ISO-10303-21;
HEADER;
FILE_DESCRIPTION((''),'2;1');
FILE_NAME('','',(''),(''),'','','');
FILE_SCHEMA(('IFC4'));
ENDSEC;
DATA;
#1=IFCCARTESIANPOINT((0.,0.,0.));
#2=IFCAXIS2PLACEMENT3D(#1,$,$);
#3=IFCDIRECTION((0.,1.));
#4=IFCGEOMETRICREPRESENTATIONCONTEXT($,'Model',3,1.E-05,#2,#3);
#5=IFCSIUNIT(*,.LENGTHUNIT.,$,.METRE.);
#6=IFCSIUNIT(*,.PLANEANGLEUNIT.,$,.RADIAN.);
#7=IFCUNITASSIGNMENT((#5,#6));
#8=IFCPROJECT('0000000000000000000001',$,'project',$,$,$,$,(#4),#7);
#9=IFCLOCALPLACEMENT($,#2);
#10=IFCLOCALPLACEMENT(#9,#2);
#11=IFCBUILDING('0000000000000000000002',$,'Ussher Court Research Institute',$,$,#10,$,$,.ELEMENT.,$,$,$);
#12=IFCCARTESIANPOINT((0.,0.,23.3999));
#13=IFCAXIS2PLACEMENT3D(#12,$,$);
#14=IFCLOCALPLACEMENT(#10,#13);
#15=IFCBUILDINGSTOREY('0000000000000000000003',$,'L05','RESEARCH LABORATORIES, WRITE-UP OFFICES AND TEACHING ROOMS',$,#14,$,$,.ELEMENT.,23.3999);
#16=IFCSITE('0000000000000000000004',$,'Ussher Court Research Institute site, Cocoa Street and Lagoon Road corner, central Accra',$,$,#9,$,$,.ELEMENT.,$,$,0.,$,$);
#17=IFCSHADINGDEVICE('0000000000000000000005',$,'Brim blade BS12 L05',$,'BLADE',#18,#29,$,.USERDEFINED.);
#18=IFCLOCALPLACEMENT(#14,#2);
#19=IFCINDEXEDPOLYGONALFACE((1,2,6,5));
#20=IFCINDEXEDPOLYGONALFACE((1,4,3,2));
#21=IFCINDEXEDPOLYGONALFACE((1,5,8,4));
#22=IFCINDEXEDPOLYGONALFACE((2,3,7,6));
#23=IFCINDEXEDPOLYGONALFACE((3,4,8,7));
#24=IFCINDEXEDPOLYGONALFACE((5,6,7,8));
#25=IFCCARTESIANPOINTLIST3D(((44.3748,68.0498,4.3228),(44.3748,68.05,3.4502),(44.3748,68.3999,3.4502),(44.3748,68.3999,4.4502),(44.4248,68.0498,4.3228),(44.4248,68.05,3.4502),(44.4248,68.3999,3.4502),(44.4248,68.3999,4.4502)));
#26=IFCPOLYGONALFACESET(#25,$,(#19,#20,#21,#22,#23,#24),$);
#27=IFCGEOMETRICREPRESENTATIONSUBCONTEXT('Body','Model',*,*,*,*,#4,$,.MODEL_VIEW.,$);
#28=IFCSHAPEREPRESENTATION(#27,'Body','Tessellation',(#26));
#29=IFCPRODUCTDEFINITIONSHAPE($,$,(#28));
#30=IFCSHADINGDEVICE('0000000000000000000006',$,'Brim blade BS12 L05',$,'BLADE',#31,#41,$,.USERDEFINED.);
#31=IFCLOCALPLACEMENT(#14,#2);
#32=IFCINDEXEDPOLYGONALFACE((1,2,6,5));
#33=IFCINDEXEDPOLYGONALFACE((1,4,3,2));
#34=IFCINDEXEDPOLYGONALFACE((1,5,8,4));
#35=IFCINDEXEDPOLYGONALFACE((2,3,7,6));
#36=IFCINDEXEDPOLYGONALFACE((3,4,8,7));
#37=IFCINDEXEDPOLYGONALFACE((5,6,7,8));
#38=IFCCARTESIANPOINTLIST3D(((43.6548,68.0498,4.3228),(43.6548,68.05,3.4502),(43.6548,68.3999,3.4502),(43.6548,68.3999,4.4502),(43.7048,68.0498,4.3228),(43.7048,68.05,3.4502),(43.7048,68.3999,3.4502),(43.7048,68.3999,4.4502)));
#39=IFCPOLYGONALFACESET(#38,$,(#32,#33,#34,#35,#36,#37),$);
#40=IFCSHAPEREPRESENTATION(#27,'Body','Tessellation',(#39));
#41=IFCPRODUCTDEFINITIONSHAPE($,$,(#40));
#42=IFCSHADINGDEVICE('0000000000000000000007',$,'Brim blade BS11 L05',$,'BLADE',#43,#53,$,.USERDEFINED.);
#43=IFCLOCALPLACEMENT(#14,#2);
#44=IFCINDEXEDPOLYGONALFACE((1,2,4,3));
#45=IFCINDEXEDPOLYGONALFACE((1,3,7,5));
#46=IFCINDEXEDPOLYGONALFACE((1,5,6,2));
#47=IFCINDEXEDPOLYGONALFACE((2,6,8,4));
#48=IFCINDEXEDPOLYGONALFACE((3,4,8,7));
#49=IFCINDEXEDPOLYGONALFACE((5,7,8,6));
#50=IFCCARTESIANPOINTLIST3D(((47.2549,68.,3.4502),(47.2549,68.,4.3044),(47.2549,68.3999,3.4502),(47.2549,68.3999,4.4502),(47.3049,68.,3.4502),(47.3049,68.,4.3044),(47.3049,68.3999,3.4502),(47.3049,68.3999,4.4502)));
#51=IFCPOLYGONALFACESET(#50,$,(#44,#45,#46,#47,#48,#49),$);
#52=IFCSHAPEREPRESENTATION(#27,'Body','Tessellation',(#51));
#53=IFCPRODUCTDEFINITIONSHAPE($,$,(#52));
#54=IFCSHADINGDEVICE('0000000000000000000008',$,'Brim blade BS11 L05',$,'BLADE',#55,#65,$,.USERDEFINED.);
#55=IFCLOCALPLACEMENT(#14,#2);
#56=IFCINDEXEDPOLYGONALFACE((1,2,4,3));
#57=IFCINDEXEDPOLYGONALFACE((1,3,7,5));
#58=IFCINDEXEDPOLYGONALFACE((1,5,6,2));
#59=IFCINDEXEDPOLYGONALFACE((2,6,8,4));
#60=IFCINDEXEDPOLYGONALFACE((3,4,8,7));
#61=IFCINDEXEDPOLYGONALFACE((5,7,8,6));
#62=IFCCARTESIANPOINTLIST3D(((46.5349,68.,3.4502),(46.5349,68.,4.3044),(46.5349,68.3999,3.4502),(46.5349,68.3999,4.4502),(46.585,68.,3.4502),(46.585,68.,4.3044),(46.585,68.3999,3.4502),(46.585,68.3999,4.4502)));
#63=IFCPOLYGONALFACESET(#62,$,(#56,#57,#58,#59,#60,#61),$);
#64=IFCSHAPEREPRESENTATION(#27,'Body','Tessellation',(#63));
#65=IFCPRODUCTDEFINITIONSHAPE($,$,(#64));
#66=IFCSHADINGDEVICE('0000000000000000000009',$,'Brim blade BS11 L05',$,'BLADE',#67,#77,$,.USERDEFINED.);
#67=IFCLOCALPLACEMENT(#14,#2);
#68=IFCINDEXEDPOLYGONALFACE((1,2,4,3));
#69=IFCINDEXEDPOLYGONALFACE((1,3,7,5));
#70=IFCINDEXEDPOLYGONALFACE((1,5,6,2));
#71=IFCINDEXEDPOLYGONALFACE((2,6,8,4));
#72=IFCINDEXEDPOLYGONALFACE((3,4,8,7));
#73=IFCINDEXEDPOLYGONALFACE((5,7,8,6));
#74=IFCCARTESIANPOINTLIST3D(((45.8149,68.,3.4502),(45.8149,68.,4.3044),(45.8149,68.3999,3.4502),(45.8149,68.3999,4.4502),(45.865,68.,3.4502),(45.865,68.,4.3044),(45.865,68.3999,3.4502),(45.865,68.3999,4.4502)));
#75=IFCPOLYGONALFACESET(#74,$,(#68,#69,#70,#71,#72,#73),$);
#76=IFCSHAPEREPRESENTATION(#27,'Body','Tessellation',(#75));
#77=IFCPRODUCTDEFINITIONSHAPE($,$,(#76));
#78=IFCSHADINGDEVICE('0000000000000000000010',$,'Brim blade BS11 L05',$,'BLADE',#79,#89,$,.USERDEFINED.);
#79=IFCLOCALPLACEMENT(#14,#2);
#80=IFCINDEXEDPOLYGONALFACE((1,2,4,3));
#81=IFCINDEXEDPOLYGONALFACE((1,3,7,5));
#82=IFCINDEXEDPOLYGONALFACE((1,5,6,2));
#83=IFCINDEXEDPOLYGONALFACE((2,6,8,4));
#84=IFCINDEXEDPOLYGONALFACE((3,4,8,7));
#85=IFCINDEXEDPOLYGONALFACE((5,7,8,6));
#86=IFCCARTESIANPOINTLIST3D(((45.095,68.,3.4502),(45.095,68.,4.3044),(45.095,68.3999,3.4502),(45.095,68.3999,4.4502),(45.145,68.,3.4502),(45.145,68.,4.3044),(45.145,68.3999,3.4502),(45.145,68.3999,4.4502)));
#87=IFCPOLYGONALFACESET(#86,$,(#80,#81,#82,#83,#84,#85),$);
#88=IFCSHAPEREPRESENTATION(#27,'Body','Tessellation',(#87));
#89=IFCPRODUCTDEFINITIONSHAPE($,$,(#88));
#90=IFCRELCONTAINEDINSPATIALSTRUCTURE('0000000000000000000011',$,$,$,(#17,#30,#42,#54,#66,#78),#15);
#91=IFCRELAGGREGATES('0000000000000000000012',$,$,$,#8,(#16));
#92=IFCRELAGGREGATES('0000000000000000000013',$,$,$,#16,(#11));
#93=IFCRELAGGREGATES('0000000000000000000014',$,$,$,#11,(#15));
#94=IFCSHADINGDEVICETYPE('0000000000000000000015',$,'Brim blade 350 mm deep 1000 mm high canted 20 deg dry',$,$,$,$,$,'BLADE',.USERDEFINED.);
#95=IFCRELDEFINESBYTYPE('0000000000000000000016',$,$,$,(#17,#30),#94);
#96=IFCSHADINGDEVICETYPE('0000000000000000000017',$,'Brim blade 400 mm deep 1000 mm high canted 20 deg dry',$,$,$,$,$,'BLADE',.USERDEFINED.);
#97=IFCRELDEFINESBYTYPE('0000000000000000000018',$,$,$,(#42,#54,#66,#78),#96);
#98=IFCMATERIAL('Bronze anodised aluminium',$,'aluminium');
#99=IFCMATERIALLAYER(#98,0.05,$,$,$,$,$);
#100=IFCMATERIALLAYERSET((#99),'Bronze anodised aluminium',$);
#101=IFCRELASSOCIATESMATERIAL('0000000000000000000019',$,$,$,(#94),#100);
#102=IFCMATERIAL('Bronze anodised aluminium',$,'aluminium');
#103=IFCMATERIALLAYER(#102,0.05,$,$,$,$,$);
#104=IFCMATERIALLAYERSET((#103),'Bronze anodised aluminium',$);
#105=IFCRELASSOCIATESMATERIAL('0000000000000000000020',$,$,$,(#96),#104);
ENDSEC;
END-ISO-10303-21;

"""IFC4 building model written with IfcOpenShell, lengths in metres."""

from ifc_helpers import new_model, si_unit, direction, frame, origin, place, context, subcontext, project, spatial, polyline, outline, extrude, material, layer, layer_set, type_object, element, save


model = new_model("IFC4")

# Units and contexts
model_context = context("Model", 3, precision=1e-05, world=origin(), true_north=direction((0.0, 1.0)))
body_context = subcontext(model_context, "Body", "Model", "MODEL_VIEW")
ifc_project = project(units=[si_unit("LENGTHUNIT", "METRE"), si_unit("PLANEANGLEUNIT", "RADIAN")], contexts=[model_context])

# Site, building, storey
site_placement = place(None, origin())
site = spatial("IfcSite", under=ifc_project, at=site_placement, Name="Ussher Court Research Institute site, Cocoa Street and Lagoon Road corner, central Accra", CompositionType="ELEMENT", RefElevation=0.0)
building_placement = place(site_placement, origin())
building = spatial("IfcBuilding", under=site, at=building_placement, Name="Ussher Court Research Institute", CompositionType="ELEMENT")
storey_placement = place(building_placement, frame((0.0, 0.0, 23.3999)))
storey = spatial("IfcBuildingStorey", under=building, at=storey_placement, Name="L05", Description="RESEARCH LABORATORIES, WRITE-UP OFFICES AND TEACHING ROOMS", CompositionType="ELEMENT", Elevation=23.3999)

# Shading devices
ifc_material_1 = material(Name="Bronze anodised aluminium", Category="aluminium")
ifc_layer_1 = layer(ifc_material_1, 0.05)
ifc_layer_set_1 = layer_set([ifc_layer_1], Name="Bronze anodised aluminium")
shading_device_type_1 = type_object("IfcShadingDeviceType", Name="Brim blade 350 mm deep 1000 mm high canted 20 deg dry", ElementType="BLADE", PredefinedType="USERDEFINED", material=ifc_layer_set_1)
for number, where, z_axis, x_axis, name in (
    (1, (44.3999, 68.3999, 3.4502), (0.0, 0.0, 1.0), (0.0, -1.0, 0.0), "Brim blade BS12 L05"),
    (2, (43.6799, 68.3999, 3.4502), (0.0, 0.0, 1.0), (0.0, -1.0, 0.0), "Brim blade BS12 L05"),
):
    element("IfcShadingDevice", number, at=place(storey_placement, frame(where, z_axis=z_axis, x_axis=x_axis)), inside=storey, type_object=shading_device_type_1, Name=name, ObjectType="BLADE", PredefinedType="USERDEFINED", context=body_context, shape_type="SweptSolid", body=[
        extrude(outline(polyline([(0.0, 0.0), (0.3499, 0.0), (0.3501, 0.8726), (0.0, 1.0), (0.0, 0.0)])), frame((0.0, 0.0249, 0.0), z_axis=(0.0, -1.0, 0.0), x_axis=(1.0, 0.0, 0.0)), (0.0, 0.0, 1.0), 0.05),
    ])
ifc_material_2 = material(Name="Bronze anodised aluminium", Category="aluminium")
ifc_layer_2 = layer(ifc_material_2, 0.05)
ifc_layer_set_2 = layer_set([ifc_layer_2], Name="Bronze anodised aluminium")
shading_device_type_2 = type_object("IfcShadingDeviceType", Name="Brim blade 400 mm deep 1000 mm high canted 20 deg dry", ElementType="BLADE", PredefinedType="USERDEFINED", material=ifc_layer_set_2)
for number, where, z_axis, x_axis, name in (
    (3, (47.28, 68.3999, 3.4502), (0.0, 0.0, 1.0), (0.0, -1.0, 0.0), "Brim blade BS11 L05"),
    (4, (46.5601, 68.3999, 3.4502), (0.0, 0.0, 1.0), (0.0, -1.0, 0.0), "Brim blade BS11 L05"),
    (5, (45.8401, 68.3999, 3.4502), (0.0, 0.0, 1.0), (0.0, -1.0, 0.0), "Brim blade BS11 L05"),
    (6, (45.1201, 68.3999, 3.4502), (0.0, 0.0, 1.0), (0.0, -1.0, 0.0), "Brim blade BS11 L05"),
):
    element("IfcShadingDevice", number, at=place(storey_placement, frame(where, z_axis=z_axis, x_axis=x_axis)), inside=storey, type_object=shading_device_type_2, Name=name, ObjectType="BLADE", PredefinedType="USERDEFINED", context=body_context, shape_type="SweptSolid", body=[
        extrude(outline(polyline([(0.0, 0.0), (0.3999, 0.0), (0.3999, 0.8542), (0.0, 1.0), (0.0, 0.0)])), frame((0.0, 0.0249, 0.0), z_axis=(0.0, -1.0, 0.0), x_axis=(1.0, 0.0, 0.0)), (0.0, 0.0, 1.0), 0.05),
    ])

save(model, "model.ifc")
